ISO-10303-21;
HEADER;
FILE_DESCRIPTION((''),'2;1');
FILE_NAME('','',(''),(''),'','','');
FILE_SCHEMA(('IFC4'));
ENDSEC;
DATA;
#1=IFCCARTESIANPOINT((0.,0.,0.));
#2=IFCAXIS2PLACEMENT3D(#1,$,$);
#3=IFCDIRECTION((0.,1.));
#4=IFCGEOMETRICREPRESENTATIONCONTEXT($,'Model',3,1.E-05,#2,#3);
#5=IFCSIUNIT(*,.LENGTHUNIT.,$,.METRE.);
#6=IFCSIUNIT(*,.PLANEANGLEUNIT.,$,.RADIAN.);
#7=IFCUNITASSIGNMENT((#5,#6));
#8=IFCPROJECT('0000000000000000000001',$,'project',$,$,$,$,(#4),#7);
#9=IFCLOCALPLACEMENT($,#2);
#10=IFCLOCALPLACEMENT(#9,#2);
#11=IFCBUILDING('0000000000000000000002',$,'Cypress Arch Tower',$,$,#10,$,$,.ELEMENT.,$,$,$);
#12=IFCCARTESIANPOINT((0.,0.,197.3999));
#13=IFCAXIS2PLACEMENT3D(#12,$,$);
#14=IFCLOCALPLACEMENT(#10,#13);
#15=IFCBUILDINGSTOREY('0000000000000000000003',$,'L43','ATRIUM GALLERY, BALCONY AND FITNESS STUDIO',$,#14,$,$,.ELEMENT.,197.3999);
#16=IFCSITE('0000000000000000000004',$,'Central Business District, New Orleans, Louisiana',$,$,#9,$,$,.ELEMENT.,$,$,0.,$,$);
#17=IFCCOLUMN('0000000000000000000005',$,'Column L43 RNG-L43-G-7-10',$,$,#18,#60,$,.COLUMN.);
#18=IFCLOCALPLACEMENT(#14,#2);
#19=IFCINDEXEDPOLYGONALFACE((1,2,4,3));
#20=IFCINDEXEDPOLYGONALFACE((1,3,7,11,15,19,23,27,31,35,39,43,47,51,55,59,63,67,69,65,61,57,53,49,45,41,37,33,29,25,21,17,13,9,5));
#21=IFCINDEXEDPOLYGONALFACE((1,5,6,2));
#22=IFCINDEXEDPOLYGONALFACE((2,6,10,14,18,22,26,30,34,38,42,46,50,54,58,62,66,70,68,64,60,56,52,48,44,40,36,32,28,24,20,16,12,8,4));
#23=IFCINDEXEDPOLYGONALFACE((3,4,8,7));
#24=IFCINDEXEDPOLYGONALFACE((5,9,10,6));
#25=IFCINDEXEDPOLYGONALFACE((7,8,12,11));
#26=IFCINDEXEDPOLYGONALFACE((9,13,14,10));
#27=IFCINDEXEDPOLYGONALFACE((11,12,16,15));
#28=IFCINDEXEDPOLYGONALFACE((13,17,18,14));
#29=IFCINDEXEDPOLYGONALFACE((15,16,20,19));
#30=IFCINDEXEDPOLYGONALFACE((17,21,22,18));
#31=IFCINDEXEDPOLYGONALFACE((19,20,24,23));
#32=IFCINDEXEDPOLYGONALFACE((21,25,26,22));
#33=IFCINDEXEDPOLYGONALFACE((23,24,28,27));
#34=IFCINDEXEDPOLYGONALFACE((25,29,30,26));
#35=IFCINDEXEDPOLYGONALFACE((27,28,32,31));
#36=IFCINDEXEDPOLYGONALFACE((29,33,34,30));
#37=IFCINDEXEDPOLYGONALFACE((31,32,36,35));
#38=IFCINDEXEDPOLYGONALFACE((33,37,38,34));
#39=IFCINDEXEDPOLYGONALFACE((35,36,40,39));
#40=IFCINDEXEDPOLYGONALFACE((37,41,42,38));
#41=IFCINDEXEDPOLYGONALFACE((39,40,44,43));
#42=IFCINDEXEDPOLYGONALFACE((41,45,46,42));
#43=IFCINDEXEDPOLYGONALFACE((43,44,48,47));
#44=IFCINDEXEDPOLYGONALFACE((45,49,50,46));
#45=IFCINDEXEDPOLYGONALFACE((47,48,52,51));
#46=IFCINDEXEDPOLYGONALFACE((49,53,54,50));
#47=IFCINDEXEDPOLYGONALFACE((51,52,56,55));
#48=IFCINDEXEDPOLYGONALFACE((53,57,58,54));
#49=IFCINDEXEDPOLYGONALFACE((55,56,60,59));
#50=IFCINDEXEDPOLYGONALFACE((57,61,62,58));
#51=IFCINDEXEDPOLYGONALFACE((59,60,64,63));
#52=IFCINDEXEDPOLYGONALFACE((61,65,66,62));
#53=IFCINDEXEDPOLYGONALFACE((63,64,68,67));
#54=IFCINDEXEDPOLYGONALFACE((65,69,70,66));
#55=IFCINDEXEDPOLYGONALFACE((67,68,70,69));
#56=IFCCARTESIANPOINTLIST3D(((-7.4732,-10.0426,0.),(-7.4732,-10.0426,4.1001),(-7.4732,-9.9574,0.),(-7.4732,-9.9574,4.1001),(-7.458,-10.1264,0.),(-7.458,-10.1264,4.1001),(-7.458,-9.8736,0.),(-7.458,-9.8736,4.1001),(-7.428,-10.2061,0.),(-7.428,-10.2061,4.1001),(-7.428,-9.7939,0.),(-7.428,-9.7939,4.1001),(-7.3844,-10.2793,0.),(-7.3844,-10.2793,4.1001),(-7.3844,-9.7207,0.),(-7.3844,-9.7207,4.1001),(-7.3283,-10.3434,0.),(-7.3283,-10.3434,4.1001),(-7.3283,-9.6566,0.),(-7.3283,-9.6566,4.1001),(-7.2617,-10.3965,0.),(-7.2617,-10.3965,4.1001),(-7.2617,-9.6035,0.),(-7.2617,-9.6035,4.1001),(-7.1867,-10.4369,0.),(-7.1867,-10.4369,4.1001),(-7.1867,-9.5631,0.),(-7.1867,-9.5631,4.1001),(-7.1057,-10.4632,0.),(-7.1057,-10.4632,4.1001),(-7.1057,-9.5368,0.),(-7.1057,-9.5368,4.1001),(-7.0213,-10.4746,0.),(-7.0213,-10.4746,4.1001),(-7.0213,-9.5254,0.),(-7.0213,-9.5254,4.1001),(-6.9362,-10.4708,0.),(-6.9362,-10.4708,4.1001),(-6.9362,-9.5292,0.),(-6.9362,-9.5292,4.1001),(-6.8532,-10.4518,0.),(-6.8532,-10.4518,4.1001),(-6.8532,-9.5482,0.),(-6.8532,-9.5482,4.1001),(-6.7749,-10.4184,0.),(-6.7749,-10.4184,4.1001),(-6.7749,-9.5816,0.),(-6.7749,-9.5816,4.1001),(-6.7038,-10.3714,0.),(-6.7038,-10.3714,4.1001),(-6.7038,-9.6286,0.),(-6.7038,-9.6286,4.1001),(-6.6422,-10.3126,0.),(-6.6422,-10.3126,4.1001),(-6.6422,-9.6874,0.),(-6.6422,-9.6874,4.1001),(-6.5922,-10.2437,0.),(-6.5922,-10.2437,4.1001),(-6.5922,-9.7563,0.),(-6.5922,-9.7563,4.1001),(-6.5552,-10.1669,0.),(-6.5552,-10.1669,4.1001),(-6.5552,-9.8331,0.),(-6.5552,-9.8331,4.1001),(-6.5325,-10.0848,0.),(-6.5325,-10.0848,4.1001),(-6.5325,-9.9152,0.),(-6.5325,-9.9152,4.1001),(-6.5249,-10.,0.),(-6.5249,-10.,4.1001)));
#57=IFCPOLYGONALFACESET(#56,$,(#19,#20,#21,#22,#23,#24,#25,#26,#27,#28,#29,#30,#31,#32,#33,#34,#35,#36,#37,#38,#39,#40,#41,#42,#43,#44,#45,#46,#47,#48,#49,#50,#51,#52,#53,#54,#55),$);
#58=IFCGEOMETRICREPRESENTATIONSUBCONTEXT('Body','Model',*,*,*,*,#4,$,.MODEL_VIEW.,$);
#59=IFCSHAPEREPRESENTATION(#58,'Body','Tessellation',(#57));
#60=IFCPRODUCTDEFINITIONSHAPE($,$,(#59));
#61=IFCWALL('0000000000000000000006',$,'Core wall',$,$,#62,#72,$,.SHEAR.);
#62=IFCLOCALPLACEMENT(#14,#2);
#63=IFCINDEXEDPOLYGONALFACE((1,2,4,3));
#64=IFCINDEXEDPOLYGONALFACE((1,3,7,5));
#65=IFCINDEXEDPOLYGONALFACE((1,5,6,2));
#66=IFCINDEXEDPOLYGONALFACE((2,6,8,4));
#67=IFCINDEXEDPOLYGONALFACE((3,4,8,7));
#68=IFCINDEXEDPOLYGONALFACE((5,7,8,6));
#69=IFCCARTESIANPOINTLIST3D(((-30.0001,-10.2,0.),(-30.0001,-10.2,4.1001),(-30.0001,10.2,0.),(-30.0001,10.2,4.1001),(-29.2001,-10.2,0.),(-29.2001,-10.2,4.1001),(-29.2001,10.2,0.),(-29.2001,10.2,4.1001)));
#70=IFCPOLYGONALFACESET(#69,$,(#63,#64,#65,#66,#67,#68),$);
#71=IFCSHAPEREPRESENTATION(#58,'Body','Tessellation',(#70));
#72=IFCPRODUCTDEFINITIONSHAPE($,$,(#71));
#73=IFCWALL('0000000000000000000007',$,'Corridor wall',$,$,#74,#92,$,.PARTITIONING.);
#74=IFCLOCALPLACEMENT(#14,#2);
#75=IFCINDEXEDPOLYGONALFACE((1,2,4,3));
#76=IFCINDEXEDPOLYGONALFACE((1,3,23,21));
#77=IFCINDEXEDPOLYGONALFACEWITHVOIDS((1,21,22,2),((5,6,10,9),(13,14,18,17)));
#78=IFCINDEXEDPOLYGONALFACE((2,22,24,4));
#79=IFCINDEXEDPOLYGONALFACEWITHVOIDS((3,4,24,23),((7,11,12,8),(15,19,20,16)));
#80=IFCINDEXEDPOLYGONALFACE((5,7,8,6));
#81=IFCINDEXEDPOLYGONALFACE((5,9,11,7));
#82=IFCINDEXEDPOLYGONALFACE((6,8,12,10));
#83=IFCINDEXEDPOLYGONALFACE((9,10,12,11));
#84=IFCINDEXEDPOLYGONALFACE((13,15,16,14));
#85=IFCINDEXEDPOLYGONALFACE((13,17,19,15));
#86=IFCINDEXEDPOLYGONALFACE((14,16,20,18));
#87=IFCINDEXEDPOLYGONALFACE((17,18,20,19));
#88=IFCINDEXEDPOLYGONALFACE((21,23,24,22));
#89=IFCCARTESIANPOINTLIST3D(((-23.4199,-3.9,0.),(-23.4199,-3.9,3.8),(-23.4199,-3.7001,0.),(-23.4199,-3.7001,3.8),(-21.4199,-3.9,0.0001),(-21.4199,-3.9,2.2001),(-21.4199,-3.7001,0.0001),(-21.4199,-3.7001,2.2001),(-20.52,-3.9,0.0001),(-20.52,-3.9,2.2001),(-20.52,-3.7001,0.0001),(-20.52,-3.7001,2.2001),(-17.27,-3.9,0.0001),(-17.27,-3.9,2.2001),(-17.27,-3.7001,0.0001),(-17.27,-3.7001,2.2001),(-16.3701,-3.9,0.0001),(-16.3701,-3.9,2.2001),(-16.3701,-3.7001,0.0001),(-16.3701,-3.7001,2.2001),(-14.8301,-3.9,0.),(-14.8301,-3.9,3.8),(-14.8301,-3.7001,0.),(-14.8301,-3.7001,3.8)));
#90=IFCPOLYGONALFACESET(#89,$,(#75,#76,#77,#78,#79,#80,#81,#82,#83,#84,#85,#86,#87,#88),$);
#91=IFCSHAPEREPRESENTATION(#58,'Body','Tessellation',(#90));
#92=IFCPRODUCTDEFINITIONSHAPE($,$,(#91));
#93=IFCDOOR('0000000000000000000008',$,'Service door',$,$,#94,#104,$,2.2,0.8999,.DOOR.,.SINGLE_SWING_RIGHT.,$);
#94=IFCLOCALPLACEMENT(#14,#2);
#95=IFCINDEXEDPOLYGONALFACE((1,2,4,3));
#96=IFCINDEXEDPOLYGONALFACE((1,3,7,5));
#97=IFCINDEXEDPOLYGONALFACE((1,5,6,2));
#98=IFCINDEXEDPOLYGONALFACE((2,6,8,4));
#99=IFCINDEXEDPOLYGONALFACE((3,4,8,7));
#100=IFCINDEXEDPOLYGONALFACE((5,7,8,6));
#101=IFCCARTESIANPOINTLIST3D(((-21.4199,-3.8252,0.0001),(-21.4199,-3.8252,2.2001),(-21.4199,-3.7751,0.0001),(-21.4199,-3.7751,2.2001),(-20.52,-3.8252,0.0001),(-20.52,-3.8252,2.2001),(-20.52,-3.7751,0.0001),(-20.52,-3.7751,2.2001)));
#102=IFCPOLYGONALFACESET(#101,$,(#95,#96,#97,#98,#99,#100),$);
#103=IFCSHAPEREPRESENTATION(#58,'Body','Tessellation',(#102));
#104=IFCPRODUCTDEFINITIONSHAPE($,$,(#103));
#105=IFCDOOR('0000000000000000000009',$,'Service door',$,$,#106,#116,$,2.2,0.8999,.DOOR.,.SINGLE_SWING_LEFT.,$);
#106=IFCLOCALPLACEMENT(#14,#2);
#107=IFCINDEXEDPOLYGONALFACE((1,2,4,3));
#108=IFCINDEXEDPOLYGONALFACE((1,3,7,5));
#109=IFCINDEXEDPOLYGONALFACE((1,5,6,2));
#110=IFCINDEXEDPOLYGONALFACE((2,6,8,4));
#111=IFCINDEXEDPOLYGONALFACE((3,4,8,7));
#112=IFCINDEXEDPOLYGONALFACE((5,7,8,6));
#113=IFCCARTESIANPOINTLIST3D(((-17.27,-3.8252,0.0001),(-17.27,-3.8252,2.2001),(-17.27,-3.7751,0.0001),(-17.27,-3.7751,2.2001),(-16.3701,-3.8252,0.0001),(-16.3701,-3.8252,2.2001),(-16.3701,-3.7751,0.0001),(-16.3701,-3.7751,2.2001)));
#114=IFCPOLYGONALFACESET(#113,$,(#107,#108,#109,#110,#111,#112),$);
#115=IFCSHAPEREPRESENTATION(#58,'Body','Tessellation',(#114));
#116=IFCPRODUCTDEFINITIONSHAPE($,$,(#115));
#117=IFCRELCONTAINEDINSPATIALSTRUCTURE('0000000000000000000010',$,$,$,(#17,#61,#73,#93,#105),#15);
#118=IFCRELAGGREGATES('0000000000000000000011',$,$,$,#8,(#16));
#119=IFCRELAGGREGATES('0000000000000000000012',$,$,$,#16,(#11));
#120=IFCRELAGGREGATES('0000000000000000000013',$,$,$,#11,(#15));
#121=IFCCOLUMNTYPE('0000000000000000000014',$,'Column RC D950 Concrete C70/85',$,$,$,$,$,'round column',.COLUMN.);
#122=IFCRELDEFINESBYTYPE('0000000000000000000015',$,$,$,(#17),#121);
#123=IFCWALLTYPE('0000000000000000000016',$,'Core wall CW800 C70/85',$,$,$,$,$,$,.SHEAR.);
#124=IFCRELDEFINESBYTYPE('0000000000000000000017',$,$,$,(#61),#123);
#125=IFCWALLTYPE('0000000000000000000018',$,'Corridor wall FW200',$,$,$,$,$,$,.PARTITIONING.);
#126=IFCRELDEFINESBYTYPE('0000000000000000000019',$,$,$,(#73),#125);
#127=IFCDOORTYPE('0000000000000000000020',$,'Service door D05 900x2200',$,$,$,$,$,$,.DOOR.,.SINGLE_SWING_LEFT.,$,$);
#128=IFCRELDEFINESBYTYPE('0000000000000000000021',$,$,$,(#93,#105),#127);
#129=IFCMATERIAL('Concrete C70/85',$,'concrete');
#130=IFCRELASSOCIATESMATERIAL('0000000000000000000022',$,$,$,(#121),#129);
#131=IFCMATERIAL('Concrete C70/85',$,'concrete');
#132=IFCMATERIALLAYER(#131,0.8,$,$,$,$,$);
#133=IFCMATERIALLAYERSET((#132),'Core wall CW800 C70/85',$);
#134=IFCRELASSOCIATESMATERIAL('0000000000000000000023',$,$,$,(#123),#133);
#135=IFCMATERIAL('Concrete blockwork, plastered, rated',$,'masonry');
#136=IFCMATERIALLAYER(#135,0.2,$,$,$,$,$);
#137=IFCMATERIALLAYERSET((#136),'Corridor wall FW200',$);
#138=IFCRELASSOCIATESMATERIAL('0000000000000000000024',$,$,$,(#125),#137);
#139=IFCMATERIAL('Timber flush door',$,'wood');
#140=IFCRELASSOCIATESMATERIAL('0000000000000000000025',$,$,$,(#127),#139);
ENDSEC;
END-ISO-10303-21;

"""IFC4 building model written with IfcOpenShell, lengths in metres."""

from ifc_helpers import new_model, si_unit, direction, frame, frame_2d, origin, origin_2d, place, context, subcontext, project, spatial, rectangle, circle, extrude, material, layer, layer_set, material_profile, profile_set, type_object, element, fill, save


model = new_model("IFC4")

# Units and contexts
model_context = context("Model", 3, precision=1e-05, world=origin(), true_north=direction((0.0, 1.0)))
body_context = subcontext(model_context, "Body", "Model", "MODEL_VIEW")
ifc_project = project(units=[si_unit("LENGTHUNIT", "METRE"), si_unit("PLANEANGLEUNIT", "RADIAN")], contexts=[model_context])

# Site, building, storey
site_placement = place(None, origin())
site = spatial("IfcSite", under=ifc_project, at=site_placement, Name="Central Business District, New Orleans, Louisiana", CompositionType="ELEMENT", RefElevation=0.0)
building_placement = place(site_placement, origin())
building = spatial("IfcBuilding", under=site, at=building_placement, Name="Cypress Arch Tower", CompositionType="ELEMENT")
storey_placement = place(building_placement, frame((0.0, 0.0, 197.3999)))
storey = spatial("IfcBuildingStorey", under=building, at=storey_placement, Name="L43", Description="ATRIUM GALLERY, BALCONY AND FITNESS STUDIO", CompositionType="ELEMENT", Elevation=197.3999)

# Column
ifc_material_1 = material(Name="Concrete C70/85", Category="concrete")
ifc_material_profile = material_profile(ifc_material_1, circle(Radius=0.4751, at=origin_2d()), Name="RC D950")
ifc_profile_set = profile_set([ifc_material_profile], Name="Concrete C70/85")
column_type = type_object("IfcColumnType", Name="Column RC D950 Concrete C70/85", ElementType="round column", PredefinedType="COLUMN", material=ifc_profile_set)
column_placement = place(storey_placement, frame((-7.0, -10.0, 0.0), z_axis=(0.0, 0.0, 1.0), x_axis=(1.0, 0.0, 0.0)))
element("IfcColumn", 1, at=column_placement, inside=storey, type_object=column_type, Name="Column L43 RNG-L43-G-7-10", PredefinedType="COLUMN", context=body_context, shape_type="SweptSolid", body=[
    extrude(circle(Radius=0.4751, at=origin_2d()), origin(), (0.0, 0.0, 1.0), 4.1001),
])

# Wall
ifc_material_2 = material(Name="Concrete C70/85", Category="concrete")
ifc_layer_1 = layer(ifc_material_2, 0.8)
ifc_layer_set_1 = layer_set([ifc_layer_1], Name="Core wall CW800 C70/85")
wall_type_1 = type_object("IfcWallType", Name="Core wall CW800 C70/85", PredefinedType="SHEAR", material=ifc_layer_set_1)
wall_1_placement = place(storey_placement, frame((-29.6001, -10.2, 0.0), z_axis=(0.0, 0.0, 1.0), x_axis=(0.0, 1.0, 0.0)))
element("IfcWall", 2, at=wall_1_placement, inside=storey, type_object=wall_type_1, Name="Core wall", PredefinedType="SHEAR", context=body_context, shape_type="SweptSolid", body=[
    extrude(rectangle(XDim=20.3999, YDim=0.8, at=frame_2d((10.2, 0.0))), origin(), (0.0, 0.0, 1.0), 4.1001),
])

# Wall, openings, doors
ifc_material_3 = material(Name="Concrete blockwork, plastered, rated", Category="masonry")
ifc_layer_2 = layer(ifc_material_3, 0.2)
ifc_layer_set_2 = layer_set([ifc_layer_2], Name="Corridor wall FW200")
wall_type_2 = type_object("IfcWallType", Name="Corridor wall FW200", PredefinedType="PARTITIONING", material=ifc_layer_set_2)
wall_2_placement = place(storey_placement, frame((-23.4199, -3.8, 0.0), z_axis=(0.0, 0.0, 1.0), x_axis=(1.0, 0.0, 0.0)))
wall_2 = element("IfcWall", 3, at=wall_2_placement, inside=storey, type_object=wall_type_2, Name="Corridor wall", PredefinedType="PARTITIONING", context=body_context, shape_type="SweptSolid", body=[
    extrude(rectangle(XDim=8.5898, YDim=0.2, at=frame_2d((4.2949, 0.0))), origin(), (0.0, 0.0, 1.0), 3.8),
])
opening_1_placement = place(wall_2_placement, frame((2.0, 0.0, 0.0)))
opening_1 = element("IfcOpeningElement", 4, at=opening_1_placement, cuts=wall_2, PredefinedType="OPENING", context=body_context, shape_type="SweptSolid", body=[
    extrude(rectangle(XDim=0.8999, YDim=2.2, at=frame_2d((0.45, 1.1001))), frame((0.0, 0.1099, 0.0), z_axis=(0.0, -1.0, 0.0), x_axis=(1.0, 0.0, 0.0)), (0.0, 0.0, 1.0), 0.22),
])
opening_2_placement = place(wall_2_placement, frame((6.1499, 0.0, 0.0)))
opening_2 = element("IfcOpeningElement", 5, at=opening_2_placement, cuts=wall_2, PredefinedType="OPENING", context=body_context, shape_type="SweptSolid", body=[
    extrude(rectangle(XDim=0.8999, YDim=2.2, at=frame_2d((0.45, 1.1001))), frame((0.0, 0.1099, 0.0), z_axis=(0.0, -1.0, 0.0), x_axis=(1.0, 0.0, 0.0)), (0.0, 0.0, 1.0), 0.22),
])
ifc_material_4 = material(Name="Timber flush door", Category="wood")
door_type_1 = type_object("IfcDoorType", Name="Service door D05 900x2200", OperationType="SINGLE_SWING_LEFT", PredefinedType="DOOR", material=ifc_material_4)
door_1_placement = place(opening_1_placement, origin())
door_1 = element("IfcDoor", 6, at=door_1_placement, inside=storey, type_object=door_type_1, Name="Service door", OperationType="SINGLE_SWING_RIGHT", OverallHeight=2.2, OverallWidth=0.8999, PredefinedType="DOOR", context=body_context, shape_type="SweptSolid", body=[
    extrude(rectangle(XDim=0.8999, YDim=2.2, at=frame_2d((0.45, 1.1001))), frame((0.0, 0.0249, 0.0), z_axis=(0.0, -1.0, 0.0), x_axis=(1.0, 0.0, 0.0)), (0.0, 0.0, 1.0), 0.05),
])
fill(opening_1, door_1)
door_2_placement = place(opening_2_placement, origin())
door_2 = element("IfcDoor", 7, at=door_2_placement, inside=storey, type_object=door_type_1, Name="Service door", OperationType="SINGLE_SWING_LEFT", OverallHeight=2.2, OverallWidth=0.8999, PredefinedType="DOOR", context=body_context, shape_type="SweptSolid", body=[
    extrude(rectangle(XDim=0.8999, YDim=2.2, at=frame_2d((0.45, 1.1001))), frame((0.0, 0.0249, 0.0), z_axis=(0.0, -1.0, 0.0), x_axis=(1.0, 0.0, 0.0)), (0.0, 0.0, 1.0), 0.05),
])
fill(opening_2, door_2)

save(model, "model.ifc")
